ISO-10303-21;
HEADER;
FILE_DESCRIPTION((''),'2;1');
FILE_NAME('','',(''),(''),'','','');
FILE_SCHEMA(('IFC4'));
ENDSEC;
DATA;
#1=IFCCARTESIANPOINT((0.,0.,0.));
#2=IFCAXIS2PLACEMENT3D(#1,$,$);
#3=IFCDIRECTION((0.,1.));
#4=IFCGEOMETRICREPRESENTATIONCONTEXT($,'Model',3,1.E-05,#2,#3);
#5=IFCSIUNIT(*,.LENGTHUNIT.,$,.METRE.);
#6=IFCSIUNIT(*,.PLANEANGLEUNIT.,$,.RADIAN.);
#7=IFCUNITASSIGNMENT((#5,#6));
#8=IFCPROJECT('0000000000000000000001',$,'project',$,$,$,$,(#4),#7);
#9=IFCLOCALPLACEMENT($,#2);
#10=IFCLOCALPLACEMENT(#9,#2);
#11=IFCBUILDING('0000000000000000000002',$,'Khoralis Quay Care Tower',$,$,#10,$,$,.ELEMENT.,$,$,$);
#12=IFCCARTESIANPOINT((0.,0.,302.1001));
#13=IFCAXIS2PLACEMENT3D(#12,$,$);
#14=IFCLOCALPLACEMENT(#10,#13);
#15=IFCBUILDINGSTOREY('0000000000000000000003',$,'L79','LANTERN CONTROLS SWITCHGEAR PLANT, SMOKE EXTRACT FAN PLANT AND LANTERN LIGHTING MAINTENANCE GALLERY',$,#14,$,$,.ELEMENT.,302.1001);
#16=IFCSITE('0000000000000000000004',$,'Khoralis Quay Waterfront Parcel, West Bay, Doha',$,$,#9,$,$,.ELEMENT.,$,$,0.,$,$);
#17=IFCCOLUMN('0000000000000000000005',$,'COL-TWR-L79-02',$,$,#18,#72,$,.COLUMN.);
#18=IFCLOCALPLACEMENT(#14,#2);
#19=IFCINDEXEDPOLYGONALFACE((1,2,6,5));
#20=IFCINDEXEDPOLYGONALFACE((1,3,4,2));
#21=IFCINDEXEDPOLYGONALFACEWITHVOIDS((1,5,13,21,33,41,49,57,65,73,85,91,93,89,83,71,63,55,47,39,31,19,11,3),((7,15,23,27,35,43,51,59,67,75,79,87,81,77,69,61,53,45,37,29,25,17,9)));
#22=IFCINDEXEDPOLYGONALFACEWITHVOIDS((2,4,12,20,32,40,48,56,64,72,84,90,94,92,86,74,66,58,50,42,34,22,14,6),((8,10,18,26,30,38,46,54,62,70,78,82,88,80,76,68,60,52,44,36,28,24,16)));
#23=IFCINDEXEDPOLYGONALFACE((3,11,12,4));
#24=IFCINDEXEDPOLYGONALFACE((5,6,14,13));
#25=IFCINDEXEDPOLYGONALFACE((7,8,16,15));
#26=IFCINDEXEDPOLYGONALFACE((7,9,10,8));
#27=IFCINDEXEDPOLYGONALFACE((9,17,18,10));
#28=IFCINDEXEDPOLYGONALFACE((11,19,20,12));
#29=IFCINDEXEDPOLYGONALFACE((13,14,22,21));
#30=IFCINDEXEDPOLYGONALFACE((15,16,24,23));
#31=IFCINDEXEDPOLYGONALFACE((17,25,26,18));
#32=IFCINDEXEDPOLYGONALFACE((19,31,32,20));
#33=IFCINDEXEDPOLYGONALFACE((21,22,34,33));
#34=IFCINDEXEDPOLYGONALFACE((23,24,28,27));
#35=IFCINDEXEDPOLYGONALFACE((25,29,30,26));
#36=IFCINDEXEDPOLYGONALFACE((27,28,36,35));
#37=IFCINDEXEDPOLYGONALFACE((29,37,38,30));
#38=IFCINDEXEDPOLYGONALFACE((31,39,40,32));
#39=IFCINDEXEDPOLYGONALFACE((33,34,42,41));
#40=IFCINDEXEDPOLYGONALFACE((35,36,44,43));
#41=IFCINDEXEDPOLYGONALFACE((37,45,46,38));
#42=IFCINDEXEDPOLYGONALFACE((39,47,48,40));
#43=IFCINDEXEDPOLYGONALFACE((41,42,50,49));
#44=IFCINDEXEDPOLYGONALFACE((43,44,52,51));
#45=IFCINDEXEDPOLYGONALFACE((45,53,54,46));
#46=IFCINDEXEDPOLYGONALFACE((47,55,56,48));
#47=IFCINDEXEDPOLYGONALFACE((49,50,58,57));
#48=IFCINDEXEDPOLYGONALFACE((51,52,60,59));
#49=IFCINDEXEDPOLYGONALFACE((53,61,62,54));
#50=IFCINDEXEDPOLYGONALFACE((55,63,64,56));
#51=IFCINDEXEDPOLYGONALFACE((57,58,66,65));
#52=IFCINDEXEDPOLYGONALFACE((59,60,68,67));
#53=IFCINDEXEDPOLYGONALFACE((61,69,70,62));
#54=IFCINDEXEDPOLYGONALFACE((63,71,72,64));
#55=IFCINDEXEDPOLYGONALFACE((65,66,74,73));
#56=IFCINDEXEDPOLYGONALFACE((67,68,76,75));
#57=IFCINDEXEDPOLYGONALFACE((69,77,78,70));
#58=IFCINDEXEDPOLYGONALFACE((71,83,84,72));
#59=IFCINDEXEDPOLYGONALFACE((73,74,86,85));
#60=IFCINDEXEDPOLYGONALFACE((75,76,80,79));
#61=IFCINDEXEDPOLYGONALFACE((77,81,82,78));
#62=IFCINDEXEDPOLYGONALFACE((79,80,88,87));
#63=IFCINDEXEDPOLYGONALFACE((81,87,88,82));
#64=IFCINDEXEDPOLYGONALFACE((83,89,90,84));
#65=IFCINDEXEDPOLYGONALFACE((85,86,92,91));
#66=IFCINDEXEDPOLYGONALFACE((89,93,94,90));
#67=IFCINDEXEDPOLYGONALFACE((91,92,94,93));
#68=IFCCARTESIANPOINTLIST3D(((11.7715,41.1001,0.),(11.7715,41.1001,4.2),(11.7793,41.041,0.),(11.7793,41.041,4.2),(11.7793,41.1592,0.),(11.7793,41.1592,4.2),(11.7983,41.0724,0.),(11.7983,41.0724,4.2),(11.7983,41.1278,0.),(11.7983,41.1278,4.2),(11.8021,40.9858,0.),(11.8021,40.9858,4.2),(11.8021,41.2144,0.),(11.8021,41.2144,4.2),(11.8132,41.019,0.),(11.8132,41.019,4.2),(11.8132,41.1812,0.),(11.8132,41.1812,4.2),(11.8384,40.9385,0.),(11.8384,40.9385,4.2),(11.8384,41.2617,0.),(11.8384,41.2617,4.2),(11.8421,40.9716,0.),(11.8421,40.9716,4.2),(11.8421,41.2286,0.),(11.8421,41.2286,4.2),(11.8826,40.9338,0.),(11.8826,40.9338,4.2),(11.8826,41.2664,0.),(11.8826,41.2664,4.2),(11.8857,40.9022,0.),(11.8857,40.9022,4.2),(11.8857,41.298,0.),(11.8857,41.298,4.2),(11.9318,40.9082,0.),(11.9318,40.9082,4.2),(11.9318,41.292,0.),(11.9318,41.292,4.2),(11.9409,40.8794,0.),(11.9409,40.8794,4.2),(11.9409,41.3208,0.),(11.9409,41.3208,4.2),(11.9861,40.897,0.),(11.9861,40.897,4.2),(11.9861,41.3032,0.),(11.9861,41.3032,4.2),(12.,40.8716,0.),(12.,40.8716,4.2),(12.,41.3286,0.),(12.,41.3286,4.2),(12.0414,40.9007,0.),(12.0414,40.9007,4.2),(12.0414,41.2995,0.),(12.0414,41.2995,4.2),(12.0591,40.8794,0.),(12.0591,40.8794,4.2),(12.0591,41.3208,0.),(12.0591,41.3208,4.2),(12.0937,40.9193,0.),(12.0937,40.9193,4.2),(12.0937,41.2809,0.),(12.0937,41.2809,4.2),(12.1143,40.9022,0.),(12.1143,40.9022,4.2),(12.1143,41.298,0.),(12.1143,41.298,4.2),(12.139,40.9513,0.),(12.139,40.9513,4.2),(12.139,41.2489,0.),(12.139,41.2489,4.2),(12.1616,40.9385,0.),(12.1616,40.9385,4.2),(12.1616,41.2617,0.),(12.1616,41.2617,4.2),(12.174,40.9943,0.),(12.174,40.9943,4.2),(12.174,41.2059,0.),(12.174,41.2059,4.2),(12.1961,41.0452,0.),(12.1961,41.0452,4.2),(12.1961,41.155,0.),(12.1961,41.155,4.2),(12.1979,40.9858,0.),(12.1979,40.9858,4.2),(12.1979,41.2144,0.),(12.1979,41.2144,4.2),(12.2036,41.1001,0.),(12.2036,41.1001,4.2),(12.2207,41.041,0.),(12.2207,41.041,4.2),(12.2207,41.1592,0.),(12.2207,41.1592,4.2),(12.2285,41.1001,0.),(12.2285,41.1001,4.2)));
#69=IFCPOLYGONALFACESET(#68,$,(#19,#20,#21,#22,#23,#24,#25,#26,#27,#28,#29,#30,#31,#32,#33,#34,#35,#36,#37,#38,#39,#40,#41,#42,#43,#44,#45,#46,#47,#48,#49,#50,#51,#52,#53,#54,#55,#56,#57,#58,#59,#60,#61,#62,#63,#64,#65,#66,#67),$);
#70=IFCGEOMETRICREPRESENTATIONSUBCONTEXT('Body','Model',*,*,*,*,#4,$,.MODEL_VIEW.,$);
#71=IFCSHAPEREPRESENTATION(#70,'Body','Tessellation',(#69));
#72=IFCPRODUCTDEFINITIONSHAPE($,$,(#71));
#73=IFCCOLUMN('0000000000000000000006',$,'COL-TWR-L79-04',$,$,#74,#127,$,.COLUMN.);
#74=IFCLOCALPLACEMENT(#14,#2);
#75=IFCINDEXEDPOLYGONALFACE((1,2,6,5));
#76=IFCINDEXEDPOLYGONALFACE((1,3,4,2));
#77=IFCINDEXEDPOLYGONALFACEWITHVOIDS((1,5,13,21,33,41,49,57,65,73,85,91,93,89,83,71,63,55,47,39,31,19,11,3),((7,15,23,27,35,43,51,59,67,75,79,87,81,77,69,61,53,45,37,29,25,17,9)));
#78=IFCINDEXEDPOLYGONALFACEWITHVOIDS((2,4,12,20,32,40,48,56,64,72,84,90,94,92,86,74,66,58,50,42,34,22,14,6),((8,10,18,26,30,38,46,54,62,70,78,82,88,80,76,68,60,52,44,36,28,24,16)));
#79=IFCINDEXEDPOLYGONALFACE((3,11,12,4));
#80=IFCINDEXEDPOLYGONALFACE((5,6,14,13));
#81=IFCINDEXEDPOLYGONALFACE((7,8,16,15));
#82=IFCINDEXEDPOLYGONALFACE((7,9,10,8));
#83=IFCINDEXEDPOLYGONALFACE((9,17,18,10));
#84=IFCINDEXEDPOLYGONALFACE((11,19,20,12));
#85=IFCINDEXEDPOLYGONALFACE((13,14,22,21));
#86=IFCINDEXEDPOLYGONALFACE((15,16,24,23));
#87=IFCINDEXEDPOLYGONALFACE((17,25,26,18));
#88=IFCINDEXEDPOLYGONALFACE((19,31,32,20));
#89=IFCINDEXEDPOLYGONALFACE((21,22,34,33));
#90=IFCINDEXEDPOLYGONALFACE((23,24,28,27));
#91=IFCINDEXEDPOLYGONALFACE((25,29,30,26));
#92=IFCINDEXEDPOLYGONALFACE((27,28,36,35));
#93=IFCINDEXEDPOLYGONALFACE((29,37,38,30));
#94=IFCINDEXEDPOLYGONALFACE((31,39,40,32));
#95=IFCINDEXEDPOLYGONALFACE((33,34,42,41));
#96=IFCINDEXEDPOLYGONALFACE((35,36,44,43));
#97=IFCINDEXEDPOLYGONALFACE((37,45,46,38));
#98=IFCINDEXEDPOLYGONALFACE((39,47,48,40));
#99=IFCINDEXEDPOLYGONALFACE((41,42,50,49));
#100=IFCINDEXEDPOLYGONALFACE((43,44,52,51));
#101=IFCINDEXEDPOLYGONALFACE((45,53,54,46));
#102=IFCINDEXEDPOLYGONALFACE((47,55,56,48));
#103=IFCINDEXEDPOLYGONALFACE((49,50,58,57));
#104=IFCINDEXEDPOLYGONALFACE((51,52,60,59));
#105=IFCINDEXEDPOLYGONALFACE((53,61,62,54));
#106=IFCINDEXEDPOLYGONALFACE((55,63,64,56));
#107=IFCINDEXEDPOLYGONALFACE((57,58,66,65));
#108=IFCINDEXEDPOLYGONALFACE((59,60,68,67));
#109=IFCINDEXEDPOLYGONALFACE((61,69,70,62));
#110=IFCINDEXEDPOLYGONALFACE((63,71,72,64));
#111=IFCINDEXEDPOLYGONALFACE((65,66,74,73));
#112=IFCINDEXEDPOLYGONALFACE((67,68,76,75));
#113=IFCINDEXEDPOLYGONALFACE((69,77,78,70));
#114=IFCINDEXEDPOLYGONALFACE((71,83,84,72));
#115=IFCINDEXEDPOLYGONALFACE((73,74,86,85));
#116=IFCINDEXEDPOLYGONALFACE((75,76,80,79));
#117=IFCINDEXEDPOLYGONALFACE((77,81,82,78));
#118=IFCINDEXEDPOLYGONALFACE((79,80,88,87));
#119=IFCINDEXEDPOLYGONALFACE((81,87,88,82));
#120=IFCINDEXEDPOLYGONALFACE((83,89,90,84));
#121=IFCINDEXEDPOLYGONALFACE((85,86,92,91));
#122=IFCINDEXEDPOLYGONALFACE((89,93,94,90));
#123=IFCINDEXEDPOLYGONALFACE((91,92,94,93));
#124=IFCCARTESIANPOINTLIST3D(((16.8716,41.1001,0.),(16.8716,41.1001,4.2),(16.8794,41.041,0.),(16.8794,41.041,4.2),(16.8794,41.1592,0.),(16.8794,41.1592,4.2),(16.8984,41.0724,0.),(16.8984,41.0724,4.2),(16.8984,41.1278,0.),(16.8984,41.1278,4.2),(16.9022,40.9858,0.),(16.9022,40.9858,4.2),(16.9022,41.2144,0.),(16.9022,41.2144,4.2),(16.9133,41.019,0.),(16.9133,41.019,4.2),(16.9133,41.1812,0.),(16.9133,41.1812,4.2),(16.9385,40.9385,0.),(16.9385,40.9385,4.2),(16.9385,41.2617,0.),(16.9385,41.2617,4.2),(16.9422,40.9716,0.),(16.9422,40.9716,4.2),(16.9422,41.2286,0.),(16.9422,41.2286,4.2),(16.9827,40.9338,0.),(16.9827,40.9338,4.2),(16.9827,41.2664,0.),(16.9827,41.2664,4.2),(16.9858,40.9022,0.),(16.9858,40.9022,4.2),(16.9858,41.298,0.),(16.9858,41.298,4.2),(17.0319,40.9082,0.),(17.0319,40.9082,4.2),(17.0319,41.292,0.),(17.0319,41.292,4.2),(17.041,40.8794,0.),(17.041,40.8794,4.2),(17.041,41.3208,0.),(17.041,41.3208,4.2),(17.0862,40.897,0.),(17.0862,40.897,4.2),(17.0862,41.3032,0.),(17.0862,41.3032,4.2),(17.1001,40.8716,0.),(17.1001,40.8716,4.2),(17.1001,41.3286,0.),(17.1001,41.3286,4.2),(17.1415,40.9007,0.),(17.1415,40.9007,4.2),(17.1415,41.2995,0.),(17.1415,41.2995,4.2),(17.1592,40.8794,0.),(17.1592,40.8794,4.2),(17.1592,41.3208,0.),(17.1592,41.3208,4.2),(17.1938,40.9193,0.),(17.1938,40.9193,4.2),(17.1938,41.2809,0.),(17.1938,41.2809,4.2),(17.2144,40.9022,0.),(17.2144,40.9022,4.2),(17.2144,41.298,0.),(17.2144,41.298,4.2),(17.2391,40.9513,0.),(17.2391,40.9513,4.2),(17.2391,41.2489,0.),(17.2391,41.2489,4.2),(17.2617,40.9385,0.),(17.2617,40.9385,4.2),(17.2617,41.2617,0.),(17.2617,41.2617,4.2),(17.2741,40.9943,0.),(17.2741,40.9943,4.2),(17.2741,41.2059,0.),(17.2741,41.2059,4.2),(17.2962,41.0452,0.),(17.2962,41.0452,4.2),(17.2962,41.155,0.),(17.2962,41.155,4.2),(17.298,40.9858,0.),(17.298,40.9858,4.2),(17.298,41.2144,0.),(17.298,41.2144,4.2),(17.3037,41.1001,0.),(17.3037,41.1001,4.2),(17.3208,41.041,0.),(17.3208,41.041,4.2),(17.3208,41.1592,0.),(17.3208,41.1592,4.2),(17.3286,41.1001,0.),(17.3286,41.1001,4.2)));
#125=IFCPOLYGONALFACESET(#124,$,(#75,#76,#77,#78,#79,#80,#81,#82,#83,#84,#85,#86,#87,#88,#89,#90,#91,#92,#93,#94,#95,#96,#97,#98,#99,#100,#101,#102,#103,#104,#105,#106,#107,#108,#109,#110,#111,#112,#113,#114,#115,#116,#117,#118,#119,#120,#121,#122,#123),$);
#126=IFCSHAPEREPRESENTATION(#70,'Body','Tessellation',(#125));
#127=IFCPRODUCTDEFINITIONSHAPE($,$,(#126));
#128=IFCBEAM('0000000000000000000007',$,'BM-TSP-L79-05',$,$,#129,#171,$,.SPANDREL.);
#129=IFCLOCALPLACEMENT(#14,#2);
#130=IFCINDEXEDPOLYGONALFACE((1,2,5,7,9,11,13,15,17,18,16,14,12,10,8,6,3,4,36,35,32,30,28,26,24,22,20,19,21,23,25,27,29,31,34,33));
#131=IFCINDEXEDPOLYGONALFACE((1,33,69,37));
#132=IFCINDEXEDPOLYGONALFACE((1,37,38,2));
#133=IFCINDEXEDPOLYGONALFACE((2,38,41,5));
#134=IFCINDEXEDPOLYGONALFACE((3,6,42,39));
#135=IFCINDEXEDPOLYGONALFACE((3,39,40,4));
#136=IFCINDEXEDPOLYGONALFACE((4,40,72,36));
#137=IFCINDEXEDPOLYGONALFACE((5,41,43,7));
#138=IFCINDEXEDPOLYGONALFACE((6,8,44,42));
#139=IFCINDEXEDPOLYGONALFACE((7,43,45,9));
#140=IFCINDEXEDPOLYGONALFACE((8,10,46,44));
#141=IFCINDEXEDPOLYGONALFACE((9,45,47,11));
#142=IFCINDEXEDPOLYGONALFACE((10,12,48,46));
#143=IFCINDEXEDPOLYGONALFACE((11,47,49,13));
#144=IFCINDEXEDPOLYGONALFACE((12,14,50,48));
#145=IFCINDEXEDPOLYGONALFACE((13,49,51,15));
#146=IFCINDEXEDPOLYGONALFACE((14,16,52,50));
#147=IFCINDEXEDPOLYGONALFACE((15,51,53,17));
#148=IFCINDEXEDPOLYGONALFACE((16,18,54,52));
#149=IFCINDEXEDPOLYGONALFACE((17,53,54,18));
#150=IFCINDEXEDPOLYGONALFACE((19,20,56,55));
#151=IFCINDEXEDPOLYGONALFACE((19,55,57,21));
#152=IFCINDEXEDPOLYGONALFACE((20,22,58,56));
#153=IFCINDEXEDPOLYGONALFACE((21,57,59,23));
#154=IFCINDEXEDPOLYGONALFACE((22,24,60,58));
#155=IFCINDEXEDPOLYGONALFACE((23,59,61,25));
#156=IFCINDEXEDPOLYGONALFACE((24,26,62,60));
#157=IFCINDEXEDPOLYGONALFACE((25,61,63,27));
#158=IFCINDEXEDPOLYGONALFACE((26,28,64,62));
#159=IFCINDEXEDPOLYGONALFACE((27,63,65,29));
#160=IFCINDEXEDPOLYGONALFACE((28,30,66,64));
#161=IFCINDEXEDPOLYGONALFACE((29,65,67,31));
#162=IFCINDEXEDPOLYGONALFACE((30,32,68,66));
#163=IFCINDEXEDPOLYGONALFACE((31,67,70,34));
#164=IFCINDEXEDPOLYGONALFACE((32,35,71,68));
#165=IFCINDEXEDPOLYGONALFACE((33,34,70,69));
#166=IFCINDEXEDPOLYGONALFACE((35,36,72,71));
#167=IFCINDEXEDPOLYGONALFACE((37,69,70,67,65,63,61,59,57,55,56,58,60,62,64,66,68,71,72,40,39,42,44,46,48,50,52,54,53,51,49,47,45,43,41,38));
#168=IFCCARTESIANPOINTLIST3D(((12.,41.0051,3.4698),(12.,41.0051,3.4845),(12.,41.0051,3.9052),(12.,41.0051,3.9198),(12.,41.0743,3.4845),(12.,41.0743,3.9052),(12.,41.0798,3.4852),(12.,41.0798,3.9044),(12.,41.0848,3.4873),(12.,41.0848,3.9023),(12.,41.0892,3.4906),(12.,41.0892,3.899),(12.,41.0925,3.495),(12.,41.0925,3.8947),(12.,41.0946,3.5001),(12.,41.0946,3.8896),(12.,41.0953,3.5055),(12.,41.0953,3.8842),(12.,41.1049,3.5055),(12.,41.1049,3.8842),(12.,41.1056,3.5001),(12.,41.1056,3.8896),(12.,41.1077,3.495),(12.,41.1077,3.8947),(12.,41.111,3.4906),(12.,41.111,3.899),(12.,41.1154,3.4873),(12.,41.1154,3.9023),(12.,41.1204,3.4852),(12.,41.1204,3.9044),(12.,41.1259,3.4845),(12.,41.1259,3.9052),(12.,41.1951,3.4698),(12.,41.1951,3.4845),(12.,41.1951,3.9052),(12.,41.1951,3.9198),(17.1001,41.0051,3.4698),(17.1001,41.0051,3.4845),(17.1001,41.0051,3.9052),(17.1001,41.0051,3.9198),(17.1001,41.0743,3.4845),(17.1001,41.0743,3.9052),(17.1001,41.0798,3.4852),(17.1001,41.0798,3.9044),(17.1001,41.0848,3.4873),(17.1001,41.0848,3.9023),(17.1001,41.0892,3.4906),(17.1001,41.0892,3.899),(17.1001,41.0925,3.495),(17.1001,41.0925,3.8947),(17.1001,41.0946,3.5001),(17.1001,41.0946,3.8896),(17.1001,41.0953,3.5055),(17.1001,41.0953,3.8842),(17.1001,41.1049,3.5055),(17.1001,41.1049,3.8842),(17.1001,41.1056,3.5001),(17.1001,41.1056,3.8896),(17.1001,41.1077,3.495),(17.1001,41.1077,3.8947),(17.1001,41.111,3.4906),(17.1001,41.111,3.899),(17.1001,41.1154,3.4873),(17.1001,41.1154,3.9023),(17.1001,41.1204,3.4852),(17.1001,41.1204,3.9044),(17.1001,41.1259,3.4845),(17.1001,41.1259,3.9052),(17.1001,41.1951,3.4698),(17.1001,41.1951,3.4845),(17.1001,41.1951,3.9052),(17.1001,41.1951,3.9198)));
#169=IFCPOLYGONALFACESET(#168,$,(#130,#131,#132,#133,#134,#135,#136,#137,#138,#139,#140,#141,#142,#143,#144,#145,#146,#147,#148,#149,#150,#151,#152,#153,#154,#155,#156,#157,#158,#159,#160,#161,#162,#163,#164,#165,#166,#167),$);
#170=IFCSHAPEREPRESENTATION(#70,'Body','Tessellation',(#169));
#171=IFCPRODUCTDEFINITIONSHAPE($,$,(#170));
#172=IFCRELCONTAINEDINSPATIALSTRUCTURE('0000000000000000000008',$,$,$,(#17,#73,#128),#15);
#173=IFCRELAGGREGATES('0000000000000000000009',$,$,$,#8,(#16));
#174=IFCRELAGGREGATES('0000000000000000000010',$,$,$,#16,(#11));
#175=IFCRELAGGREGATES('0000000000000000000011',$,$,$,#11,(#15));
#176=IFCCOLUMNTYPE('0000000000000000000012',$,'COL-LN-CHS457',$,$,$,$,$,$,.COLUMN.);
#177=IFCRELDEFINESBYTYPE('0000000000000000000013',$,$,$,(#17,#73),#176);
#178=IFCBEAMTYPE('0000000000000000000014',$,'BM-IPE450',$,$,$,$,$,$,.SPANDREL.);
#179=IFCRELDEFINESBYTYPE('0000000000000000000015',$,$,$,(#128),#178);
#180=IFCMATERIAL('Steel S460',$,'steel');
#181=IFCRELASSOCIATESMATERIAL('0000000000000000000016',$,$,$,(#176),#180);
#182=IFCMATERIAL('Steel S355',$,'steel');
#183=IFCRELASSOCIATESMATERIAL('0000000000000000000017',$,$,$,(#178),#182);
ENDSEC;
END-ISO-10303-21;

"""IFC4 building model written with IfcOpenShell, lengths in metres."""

from ifc_helpers import new_model, si_unit, direction, frame, origin, origin_2d, place, context, subcontext, project, spatial, hollow_circle, i_section, extrude, source, transform, mapped, material, material_profile, profile_set, type_object, element, save


model = new_model("IFC4")

# Units and contexts
model_context = context("Model", 3, precision=1e-05, world=origin(), true_north=direction((0.0, 1.0)))
body_context = subcontext(model_context, "Body", "Model", "MODEL_VIEW")
ifc_project = project(units=[si_unit("LENGTHUNIT", "METRE"), si_unit("PLANEANGLEUNIT", "RADIAN")], contexts=[model_context])

# Site, building, storey
site_placement = place(None, origin())
site = spatial("IfcSite", under=ifc_project, at=site_placement, Name="Khoralis Quay Waterfront Parcel, West Bay, Doha", CompositionType="ELEMENT", RefElevation=0.0)
building_placement = place(site_placement, origin())
building = spatial("IfcBuilding", under=site, at=building_placement, Name="Khoralis Quay Care Tower", CompositionType="ELEMENT")
storey_placement = place(building_placement, frame((0.0, 0.0, 302.1001)))
storey = spatial("IfcBuildingStorey", under=building, at=storey_placement, Name="L79", Description="LANTERN CONTROLS SWITCHGEAR PLANT, SMOKE EXTRACT FAN PLANT AND LANTERN LIGHTING MAINTENANCE GALLERY", CompositionType="ELEMENT", Elevation=302.1001)

# Columns
ifc_material_1 = material(Name="Steel S460", Category="steel")
ifc_material_profile_1 = material_profile(ifc_material_1, hollow_circle(Radius=0.2285, WallThickness=0.0249, at=origin_2d()), Name="Steel S460")
ifc_profile_set_1 = profile_set([ifc_material_profile_1], Name="Steel S460")
column_type = type_object("IfcColumnType", Name="COL-LN-CHS457", PredefinedType="COLUMN", material=ifc_profile_set_1)
shared_shape_1 = source(origin(), body_context, "Body", "SweptSolid", [
    extrude(hollow_circle(Radius=0.2285, WallThickness=0.0249, at=origin_2d()), origin(), (0.0, 0.0, 1.0), 4.2),
])
for number, where, z_axis, x_axis, name in (
    (1, (12.0, 41.1001, 0.0), (0.0, 0.0, 1.0), (1.0, 0.0, 0.0), "COL-TWR-L79-02"),
    (2, (17.1001, 41.1001, 0.0), (0.0, 0.0, 1.0), (1.0, 0.0, 0.0), "COL-TWR-L79-04"),
):
    element("IfcColumn", number, at=place(storey_placement, frame(where, z_axis=z_axis, x_axis=x_axis)), inside=storey, type_object=column_type, Name=name, PredefinedType="COLUMN", context=body_context, shape_type="MappedRepresentation", body=[
        mapped(shared_shape_1, transform((0.0, 0.0, 0.0), scale=1.0)),
    ])

# Beam
ifc_material_2 = material(Name="Steel S355", Category="steel")
ifc_material_profile_2 = material_profile(ifc_material_2, i_section(OverallWidth=0.1899, OverallDepth=0.45, WebThickness=0.0095, FlangeThickness=0.0146, FilletRadius=0.021, at=origin_2d()), Name="Steel S355")
ifc_profile_set_2 = profile_set([ifc_material_profile_2], Name="Steel S355")
beam_type_1 = type_object("IfcBeamType", Name="BM-IPE450", PredefinedType="SPANDREL", material=ifc_profile_set_2)
shared_shape_2 = source(origin(), body_context, "Body", "SweptSolid", [
    extrude(i_section(OverallWidth=0.1899, OverallDepth=0.45, WebThickness=0.0095, FlangeThickness=0.0146, FilletRadius=0.021, at=origin_2d()), origin(), (0.0, 0.0, 1.0), 5.1001),
])
beam_1_placement = place(storey_placement, frame((12.0, 41.1001, 3.6948), z_axis=(1.0, 0.0, 0.0), x_axis=(0.0, 1.0, 0.0)))
element("IfcBeam", 3, at=beam_1_placement, inside=storey, type_object=beam_type_1, Name="BM-TSP-L79-05", PredefinedType="SPANDREL", context=body_context, shape_type="MappedRepresentation", body=[
    mapped(shared_shape_2, transform((0.0, 0.0, 0.0), scale=1.0)),
])

save(model, "model.ifc")
